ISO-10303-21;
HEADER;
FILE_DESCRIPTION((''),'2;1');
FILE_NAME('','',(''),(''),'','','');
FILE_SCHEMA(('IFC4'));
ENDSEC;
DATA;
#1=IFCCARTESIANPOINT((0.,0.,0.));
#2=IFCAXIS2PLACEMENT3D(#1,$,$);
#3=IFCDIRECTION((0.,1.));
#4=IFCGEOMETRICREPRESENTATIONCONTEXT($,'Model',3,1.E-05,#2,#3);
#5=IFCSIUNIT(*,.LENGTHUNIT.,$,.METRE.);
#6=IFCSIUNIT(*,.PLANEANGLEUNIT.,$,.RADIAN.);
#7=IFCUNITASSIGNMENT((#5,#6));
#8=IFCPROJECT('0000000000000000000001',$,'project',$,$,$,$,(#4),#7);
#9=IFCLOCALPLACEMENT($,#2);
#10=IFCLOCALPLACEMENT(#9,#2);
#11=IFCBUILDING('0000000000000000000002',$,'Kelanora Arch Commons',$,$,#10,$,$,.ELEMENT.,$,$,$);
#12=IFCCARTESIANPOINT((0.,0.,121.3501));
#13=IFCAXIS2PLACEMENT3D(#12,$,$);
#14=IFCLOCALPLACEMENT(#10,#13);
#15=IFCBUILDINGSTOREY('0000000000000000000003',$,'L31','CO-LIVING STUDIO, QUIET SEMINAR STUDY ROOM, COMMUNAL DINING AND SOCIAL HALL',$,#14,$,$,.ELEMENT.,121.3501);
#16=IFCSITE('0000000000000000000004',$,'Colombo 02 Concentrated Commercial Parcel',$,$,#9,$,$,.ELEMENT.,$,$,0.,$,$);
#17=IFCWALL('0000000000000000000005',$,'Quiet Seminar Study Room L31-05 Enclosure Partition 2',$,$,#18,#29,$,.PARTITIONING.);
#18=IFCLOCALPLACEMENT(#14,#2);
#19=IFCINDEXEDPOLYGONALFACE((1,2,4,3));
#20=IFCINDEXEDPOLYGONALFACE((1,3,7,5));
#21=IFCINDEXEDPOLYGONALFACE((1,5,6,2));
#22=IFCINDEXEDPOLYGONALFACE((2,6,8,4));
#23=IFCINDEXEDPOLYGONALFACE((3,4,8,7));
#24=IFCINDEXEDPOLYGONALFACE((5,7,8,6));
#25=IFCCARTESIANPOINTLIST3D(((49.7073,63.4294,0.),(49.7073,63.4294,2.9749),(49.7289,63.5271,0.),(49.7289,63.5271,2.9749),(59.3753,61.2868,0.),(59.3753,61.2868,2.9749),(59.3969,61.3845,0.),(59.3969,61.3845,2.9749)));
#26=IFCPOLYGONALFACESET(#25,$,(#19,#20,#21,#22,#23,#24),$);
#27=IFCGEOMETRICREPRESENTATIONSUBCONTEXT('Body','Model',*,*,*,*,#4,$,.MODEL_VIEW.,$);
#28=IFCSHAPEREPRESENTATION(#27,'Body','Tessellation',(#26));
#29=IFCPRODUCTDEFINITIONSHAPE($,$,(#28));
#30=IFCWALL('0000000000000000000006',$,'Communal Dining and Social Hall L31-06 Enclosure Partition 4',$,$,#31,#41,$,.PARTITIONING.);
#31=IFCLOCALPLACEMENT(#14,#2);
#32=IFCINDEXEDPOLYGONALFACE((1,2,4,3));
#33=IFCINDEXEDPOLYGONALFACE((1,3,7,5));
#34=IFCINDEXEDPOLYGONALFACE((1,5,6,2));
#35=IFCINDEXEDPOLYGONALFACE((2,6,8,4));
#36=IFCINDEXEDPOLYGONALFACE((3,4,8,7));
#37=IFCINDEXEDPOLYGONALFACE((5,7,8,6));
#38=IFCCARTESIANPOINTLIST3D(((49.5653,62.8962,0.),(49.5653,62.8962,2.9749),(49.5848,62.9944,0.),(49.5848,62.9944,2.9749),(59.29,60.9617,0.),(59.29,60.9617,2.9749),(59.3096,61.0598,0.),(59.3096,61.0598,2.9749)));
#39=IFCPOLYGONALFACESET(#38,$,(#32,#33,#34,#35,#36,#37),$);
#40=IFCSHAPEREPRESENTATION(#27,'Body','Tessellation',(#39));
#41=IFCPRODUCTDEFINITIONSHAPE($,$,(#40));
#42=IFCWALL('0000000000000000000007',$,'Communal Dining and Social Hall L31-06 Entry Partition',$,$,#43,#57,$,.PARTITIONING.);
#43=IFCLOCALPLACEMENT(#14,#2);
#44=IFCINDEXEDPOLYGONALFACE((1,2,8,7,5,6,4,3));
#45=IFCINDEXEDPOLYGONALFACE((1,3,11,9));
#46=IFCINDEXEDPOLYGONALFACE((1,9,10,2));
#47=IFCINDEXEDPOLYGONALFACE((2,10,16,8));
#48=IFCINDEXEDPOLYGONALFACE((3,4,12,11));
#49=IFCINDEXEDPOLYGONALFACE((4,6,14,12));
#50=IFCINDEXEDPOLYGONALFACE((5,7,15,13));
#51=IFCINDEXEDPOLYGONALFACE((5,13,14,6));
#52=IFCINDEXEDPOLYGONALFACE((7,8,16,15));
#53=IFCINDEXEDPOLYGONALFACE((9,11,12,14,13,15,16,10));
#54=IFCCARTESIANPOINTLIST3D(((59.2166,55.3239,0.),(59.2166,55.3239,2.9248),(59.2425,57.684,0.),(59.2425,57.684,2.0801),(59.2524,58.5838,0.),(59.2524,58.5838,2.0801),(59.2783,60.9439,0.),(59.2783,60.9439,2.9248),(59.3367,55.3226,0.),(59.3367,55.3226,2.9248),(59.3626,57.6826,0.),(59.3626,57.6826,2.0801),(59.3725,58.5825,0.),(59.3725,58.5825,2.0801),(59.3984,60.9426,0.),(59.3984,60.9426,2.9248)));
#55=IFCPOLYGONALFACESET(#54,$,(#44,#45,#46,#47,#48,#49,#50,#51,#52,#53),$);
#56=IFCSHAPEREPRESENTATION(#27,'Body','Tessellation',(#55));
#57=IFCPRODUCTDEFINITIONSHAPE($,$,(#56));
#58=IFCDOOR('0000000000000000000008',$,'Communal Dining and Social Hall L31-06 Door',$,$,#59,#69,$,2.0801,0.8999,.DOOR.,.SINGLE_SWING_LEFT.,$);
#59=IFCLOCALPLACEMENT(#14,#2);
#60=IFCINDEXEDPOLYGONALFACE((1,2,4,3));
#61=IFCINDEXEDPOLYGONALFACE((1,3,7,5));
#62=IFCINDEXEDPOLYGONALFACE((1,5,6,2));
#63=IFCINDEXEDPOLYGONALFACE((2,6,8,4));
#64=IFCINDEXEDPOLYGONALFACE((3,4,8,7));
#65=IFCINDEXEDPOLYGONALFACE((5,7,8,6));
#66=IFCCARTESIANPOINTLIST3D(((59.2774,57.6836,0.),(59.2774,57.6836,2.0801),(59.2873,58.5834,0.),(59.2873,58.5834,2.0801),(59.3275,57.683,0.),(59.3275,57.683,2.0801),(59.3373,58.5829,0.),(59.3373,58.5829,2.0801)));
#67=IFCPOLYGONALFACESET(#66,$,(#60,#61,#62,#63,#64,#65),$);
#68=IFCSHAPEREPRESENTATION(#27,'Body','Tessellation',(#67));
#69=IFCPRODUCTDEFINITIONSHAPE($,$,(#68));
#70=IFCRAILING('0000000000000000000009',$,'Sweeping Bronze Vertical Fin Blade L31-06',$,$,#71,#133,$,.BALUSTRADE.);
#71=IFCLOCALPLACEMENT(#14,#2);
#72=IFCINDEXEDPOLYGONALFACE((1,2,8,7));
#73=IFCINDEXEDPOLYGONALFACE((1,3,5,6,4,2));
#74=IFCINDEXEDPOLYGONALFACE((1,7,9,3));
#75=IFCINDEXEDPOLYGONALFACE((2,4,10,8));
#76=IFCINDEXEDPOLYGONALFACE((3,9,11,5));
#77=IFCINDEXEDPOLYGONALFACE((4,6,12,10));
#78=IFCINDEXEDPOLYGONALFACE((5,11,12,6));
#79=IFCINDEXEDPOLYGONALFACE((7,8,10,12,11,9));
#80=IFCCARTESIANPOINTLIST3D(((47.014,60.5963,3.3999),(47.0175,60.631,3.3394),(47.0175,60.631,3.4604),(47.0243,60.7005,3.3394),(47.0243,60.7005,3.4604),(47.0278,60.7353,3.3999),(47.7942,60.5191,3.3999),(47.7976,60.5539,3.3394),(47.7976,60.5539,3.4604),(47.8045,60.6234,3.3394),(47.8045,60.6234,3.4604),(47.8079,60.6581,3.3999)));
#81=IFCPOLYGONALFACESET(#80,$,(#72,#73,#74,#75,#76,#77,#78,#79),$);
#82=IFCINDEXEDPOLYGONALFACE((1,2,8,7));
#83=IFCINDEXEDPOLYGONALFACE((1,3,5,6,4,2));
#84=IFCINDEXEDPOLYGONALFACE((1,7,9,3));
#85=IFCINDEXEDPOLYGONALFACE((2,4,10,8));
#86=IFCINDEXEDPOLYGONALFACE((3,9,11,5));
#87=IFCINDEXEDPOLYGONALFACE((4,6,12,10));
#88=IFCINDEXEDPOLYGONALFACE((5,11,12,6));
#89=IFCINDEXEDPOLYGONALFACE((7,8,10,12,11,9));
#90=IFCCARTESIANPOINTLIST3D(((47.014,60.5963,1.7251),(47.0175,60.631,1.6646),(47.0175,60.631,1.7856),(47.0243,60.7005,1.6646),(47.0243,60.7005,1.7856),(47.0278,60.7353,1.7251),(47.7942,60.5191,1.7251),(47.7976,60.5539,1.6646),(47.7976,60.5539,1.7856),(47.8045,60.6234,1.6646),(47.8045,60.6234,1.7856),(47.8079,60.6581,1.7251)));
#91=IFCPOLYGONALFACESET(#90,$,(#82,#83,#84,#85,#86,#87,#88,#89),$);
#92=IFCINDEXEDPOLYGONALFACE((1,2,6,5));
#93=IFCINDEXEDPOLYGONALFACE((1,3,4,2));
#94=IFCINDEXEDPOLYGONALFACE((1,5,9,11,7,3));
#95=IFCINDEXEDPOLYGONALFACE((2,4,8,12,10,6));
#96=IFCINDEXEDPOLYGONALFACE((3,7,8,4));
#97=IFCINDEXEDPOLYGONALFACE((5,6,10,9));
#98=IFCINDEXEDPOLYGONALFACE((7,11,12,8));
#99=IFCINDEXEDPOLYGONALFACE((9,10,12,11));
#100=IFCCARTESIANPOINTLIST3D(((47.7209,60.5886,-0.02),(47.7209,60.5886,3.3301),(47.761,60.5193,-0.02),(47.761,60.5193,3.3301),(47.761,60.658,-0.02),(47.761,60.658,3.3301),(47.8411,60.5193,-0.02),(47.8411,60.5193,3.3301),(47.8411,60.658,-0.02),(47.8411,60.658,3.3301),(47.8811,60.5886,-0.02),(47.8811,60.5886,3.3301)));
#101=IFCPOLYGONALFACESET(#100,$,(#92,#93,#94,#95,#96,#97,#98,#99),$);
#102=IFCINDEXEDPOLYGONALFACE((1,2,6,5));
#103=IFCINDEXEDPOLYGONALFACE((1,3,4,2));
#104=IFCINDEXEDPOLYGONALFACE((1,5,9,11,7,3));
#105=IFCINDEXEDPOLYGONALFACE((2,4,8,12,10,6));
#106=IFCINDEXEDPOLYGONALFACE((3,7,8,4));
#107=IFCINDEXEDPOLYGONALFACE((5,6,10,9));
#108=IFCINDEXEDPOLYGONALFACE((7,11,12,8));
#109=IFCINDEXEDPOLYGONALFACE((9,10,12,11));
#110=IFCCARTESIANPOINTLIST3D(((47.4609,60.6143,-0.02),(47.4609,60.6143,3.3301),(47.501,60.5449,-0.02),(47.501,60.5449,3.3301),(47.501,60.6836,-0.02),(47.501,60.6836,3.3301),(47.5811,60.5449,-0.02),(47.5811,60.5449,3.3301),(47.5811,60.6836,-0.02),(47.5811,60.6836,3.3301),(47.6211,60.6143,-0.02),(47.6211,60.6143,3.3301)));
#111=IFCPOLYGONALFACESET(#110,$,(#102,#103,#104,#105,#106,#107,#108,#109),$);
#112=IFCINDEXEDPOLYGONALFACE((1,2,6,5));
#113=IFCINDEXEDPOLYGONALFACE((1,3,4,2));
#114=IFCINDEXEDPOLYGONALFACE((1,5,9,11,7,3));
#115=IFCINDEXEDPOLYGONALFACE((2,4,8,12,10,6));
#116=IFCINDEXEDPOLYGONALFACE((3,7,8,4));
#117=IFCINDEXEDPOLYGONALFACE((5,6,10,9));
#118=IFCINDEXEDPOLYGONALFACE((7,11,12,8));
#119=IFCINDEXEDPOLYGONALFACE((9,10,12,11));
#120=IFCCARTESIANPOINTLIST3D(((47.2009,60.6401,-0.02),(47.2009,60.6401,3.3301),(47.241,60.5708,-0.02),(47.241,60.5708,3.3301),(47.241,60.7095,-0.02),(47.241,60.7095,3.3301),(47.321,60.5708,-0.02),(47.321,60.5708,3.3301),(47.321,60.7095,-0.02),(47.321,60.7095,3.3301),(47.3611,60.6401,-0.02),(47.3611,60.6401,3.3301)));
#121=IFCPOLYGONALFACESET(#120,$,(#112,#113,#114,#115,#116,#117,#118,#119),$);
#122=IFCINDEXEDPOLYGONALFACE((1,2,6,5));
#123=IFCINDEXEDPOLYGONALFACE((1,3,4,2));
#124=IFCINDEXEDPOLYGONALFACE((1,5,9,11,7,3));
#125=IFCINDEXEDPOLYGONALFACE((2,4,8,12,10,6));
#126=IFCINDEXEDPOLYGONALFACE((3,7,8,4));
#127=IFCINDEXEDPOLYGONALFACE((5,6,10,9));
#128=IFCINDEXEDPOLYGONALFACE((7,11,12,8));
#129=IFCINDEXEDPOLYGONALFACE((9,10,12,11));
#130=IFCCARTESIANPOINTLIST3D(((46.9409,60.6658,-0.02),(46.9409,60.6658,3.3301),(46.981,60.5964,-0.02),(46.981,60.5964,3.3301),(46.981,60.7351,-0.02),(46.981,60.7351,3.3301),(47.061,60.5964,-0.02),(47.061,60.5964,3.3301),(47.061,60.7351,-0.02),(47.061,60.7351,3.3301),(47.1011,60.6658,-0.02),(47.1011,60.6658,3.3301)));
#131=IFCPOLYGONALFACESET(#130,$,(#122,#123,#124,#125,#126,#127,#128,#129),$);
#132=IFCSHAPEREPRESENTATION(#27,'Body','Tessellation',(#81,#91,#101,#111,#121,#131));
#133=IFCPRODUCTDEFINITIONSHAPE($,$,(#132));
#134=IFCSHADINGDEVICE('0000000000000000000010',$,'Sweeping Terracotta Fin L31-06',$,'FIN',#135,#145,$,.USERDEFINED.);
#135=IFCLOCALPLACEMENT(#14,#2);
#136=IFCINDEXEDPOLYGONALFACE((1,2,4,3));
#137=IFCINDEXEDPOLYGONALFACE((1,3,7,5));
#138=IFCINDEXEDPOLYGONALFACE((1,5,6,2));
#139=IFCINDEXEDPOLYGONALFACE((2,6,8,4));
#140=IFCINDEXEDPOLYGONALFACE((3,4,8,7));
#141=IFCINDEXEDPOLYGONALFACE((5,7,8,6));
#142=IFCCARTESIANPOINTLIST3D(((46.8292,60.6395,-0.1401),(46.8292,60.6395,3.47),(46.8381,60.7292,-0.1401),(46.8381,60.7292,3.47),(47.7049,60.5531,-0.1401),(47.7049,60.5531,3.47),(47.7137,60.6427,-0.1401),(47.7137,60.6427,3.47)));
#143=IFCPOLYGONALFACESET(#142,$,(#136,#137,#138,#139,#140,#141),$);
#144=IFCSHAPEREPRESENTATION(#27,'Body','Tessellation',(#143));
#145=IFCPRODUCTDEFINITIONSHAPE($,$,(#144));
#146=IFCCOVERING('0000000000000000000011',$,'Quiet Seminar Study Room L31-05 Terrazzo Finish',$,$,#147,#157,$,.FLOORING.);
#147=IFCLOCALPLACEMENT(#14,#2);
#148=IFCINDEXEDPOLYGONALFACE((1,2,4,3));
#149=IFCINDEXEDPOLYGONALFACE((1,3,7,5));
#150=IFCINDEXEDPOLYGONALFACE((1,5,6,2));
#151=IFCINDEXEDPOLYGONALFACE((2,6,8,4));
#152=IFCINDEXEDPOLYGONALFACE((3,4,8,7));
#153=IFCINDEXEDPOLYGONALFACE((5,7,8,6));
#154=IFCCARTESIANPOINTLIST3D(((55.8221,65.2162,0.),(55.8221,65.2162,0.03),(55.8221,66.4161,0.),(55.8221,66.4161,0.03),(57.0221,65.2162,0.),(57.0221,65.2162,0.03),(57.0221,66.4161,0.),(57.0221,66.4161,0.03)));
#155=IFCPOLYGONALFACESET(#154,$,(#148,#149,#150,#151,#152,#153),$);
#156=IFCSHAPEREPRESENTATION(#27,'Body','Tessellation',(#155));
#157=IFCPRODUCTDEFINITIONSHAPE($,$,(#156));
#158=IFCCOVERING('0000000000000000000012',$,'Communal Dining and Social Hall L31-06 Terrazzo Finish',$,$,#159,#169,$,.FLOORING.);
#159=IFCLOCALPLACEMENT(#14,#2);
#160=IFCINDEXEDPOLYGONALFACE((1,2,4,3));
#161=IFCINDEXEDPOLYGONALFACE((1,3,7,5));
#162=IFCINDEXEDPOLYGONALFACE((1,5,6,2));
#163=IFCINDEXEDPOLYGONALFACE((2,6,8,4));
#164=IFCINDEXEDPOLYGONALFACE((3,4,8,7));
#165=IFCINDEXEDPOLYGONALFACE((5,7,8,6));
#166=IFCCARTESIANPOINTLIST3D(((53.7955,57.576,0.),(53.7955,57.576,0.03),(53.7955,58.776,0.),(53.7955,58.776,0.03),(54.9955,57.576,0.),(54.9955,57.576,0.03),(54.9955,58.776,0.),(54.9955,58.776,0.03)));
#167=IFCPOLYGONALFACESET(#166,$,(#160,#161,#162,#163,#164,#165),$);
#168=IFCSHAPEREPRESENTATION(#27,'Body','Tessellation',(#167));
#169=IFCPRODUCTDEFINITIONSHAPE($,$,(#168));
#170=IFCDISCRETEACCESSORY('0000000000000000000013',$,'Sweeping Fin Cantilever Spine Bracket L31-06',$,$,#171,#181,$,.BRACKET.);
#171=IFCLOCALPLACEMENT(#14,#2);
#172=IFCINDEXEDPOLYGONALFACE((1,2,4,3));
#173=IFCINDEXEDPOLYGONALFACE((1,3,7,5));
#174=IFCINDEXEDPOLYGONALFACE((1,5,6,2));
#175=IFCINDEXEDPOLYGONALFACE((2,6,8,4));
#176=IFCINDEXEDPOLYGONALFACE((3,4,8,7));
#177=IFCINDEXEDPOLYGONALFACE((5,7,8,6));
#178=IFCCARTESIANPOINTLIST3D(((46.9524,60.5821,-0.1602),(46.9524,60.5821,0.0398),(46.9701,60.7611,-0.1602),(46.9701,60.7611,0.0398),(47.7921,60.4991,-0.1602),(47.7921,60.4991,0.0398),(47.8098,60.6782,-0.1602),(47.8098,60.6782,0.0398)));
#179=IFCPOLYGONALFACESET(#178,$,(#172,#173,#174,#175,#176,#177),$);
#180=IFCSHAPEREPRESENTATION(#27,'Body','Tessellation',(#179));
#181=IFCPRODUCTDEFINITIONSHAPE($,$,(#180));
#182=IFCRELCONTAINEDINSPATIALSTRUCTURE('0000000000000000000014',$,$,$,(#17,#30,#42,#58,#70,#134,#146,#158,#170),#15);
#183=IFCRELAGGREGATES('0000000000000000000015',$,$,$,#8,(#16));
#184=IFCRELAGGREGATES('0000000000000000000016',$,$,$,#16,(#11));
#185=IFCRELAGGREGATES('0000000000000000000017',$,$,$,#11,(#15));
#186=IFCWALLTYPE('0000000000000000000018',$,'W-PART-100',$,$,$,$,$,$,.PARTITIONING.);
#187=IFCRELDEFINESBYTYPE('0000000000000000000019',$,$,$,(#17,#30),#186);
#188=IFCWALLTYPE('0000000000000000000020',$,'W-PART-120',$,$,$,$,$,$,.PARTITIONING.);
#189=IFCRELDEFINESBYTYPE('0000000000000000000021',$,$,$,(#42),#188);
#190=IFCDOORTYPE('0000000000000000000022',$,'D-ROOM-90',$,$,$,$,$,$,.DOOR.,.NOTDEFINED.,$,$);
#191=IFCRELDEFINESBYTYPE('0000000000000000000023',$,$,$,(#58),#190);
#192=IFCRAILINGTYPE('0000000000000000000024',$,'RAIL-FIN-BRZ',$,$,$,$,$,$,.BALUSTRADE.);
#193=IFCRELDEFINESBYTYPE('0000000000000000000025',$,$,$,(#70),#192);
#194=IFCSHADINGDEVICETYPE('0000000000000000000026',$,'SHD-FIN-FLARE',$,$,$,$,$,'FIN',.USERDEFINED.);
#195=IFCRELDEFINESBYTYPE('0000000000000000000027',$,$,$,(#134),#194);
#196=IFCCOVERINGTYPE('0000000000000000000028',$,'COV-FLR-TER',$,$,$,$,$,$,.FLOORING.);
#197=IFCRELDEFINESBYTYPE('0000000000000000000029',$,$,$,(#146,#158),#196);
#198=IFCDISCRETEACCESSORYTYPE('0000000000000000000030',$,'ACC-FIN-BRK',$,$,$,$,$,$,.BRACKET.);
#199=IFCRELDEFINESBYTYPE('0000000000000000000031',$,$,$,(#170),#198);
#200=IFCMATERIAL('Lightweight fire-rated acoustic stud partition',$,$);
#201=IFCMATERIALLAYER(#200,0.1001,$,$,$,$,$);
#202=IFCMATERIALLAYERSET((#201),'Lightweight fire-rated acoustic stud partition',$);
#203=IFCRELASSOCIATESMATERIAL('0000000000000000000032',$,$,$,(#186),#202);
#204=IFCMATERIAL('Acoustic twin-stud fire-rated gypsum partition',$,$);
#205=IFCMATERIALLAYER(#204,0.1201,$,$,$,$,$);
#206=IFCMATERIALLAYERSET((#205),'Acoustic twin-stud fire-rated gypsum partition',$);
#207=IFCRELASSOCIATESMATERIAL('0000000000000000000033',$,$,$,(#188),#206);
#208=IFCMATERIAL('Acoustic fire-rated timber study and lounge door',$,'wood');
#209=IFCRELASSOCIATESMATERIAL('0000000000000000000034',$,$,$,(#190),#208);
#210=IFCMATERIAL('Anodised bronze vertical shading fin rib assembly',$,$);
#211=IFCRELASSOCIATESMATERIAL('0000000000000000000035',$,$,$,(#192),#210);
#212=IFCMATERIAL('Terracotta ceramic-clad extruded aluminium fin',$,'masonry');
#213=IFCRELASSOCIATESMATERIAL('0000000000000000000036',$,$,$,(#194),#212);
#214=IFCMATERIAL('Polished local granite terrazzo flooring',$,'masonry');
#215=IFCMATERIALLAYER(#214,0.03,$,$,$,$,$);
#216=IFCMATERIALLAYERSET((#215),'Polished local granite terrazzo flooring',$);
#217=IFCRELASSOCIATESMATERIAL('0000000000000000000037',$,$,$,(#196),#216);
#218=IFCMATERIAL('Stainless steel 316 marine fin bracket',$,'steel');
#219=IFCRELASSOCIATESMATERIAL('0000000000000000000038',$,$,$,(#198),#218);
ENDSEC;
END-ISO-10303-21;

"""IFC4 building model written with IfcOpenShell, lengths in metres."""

from ifc_helpers import new_model, si_unit, direction, frame, frame_2d, origin, origin_2d, place, context, subcontext, project, spatial, polyline, rectangle, outline, extrude, source, transform, mapped, material, layer, layer_set, type_object, element, fill, save


model = new_model("IFC4")

# Units and contexts
model_context = context("Model", 3, precision=1e-05, world=origin(), true_north=direction((0.0, 1.0)))
body_context = subcontext(model_context, "Body", "Model", "MODEL_VIEW")
ifc_project = project(units=[si_unit("LENGTHUNIT", "METRE"), si_unit("PLANEANGLEUNIT", "RADIAN")], contexts=[model_context])

# Site, building, storey
site_placement = place(None, origin())
site = spatial("IfcSite", under=ifc_project, at=site_placement, Name="Colombo 02 Concentrated Commercial Parcel", CompositionType="ELEMENT", RefElevation=0.0)
building_placement = place(site_placement, origin())
building = spatial("IfcBuilding", under=site, at=building_placement, Name="Kelanora Arch Commons", CompositionType="ELEMENT")
storey_placement = place(building_placement, frame((0.0, 0.0, 121.3501)))
storey = spatial("IfcBuildingStorey", under=building, at=storey_placement, Name="L31", Description="CO-LIVING STUDIO, QUIET SEMINAR STUDY ROOM, COMMUNAL DINING AND SOCIAL HALL", CompositionType="ELEMENT", Elevation=121.3501)

# Walls
ifc_material_1 = material(Name="Lightweight fire-rated acoustic stud partition")
ifc_layer_1 = layer(ifc_material_1, 0.1001)
ifc_layer_set_1 = layer_set([ifc_layer_1], Name="Lightweight fire-rated acoustic stud partition")
wall_type_1 = type_object("IfcWallType", Name="W-PART-100", PredefinedType="PARTITIONING", material=ifc_layer_set_1)
wall_1_placement = place(storey_placement, frame((59.386, 61.3357, 0.0), z_axis=(0.0, 0.0, 1.0), x_axis=(-0.976312, 0.216367, 0.0)))
element("IfcWall", 1, at=wall_1_placement, inside=storey, type_object=wall_type_1, Name="Quiet Seminar Study Room L31-05 Enclosure Partition 2", PredefinedType="PARTITIONING", context=body_context, shape_type="SweptSolid", body=[
    extrude(rectangle(XDim=9.9026, YDim=0.1001, at=frame_2d((4.9512, 0.0))), origin(), (0.0, 0.0, 1.0), 2.9749),
])
wall_2_placement = place(storey_placement, frame((49.5752, 62.9453, 0.0), z_axis=(0.0, 0.0, 1.0), x_axis=(0.980781, -0.195112, 0.0)))
element("IfcWall", 2, at=wall_2_placement, inside=storey, type_object=wall_type_1, Name="Communal Dining and Social Hall L31-06 Enclosure Partition 4", PredefinedType="PARTITIONING", context=body_context, shape_type="SweptSolid", body=[
    extrude(rectangle(XDim=9.9153, YDim=0.1001, at=frame_2d((4.9575, 0.0))), origin(), (0.0, 0.0, 1.0), 2.9749),
])

# Wall, opening, door
ifc_material_2 = material(Name="Acoustic twin-stud fire-rated gypsum partition")
ifc_layer_2 = layer(ifc_material_2, 0.1201)
ifc_layer_set_2 = layer_set([ifc_layer_2], Name="Acoustic twin-stud fire-rated gypsum partition")
wall_type_2 = type_object("IfcWallType", Name="W-PART-120", PredefinedType="PARTITIONING", material=ifc_layer_set_2)
wall_3_placement = place(storey_placement, frame((59.3384, 60.9431, 0.0), z_axis=(0.0, 0.0, 1.0), x_axis=(-0.01099, -0.99994, 0.0)))
wall_3 = element("IfcWall", 3, at=wall_3_placement, inside=storey, type_object=wall_type_2, Name="Communal Dining and Social Hall L31-06 Entry Partition", PredefinedType="PARTITIONING", context=body_context, shape_type="SweptSolid", body=[
    extrude(rectangle(XDim=5.6204, YDim=0.1201, at=frame_2d((2.8101, 0.0))), origin(), (0.0, 0.0, 1.0), 2.9248),
])
opening_placement = place(wall_3_placement, frame((2.3601, 0.0, 0.0)))
opening = element("IfcOpeningElement", 4, at=opening_placement, cuts=wall_3, PredefinedType="OPENING", context=body_context, shape_type="SweptSolid", body=[
    extrude(rectangle(XDim=0.8999, YDim=2.0801, at=frame_2d((0.45, 1.04))), frame((0.0, 0.0701, 0.0), z_axis=(0.0, -1.0, 0.0), x_axis=(1.0, 0.0, 0.0)), (0.0, 0.0, 1.0), 0.1401),
])
ifc_material_3 = material(Name="Acoustic fire-rated timber study and lounge door", Category="wood")
door_type = type_object("IfcDoorType", Name="D-ROOM-90", OperationType="NOTDEFINED", PredefinedType="DOOR", material=ifc_material_3)
door_placement = place(opening_placement, origin())
door = element("IfcDoor", 5, at=door_placement, inside=storey, type_object=door_type, Name="Communal Dining and Social Hall L31-06 Door", OperationType="SINGLE_SWING_LEFT", OverallHeight=2.0801, OverallWidth=0.8999, PredefinedType="DOOR", context=body_context, shape_type="SweptSolid", body=[
    extrude(rectangle(XDim=0.8999, YDim=2.0801, at=frame_2d((0.45, 1.04))), frame((0.0, 0.0249, 0.0), z_axis=(0.0, -1.0, 0.0), x_axis=(1.0, 0.0, 0.0)), (0.0, 0.0, 1.0), 0.05),
])
fill(opening, door)

# Railing
ifc_material_4 = material(Name="Anodised bronze vertical shading fin rib assembly")
railing_type = type_object("IfcRailingType", Name="RAIL-FIN-BRZ", PredefinedType="BALUSTRADE", material=ifc_material_4)
railing_placement = place(storey_placement, frame((47.801, 60.5886, -0.02)))
element("IfcRailing", 6, at=railing_placement, inside=storey, type_object=railing_type, Name="Sweeping Bronze Vertical Fin Blade L31-06", PredefinedType="BALUSTRADE", context=body_context, shape_type="SweptSolid", body=[
    extrude(outline(polyline([(0.0698, 0.0), (0.0349, 0.0605), (-0.0349, 0.0605), (-0.0698, 0.0), (-0.0349, -0.0605), (0.0349, -0.0605), (0.0698, 0.0)])), frame((0.0, 0.0, 3.4199), z_axis=(-0.995145, 0.098424, 0.0), x_axis=(-0.098424, -0.995145, 0.0)), (0.0, 0.0, 1.0), 0.7839),
    extrude(outline(polyline([(0.0698, 0.0), (0.0349, 0.0605), (-0.0349, 0.0605), (-0.0698, 0.0), (-0.0349, -0.0605), (0.0349, -0.0605), (0.0698, 0.0)])), frame((0.0, 0.0, 1.7451), z_axis=(-0.995145, 0.098424, 0.0), x_axis=(-0.098424, -0.995145, 0.0)), (0.0, 0.0, 1.0), 0.7839),
    extrude(outline(polyline([(0.0801, 0.0), (0.04, 0.0693), (-0.04, 0.0693), (-0.0801, 0.0), (-0.04, -0.0693), (0.04, -0.0693), (0.0801, 0.0)])), origin(), (0.0, 0.0, 1.0), 3.3501),
    extrude(outline(polyline([(0.0801, 0.0), (0.04, 0.0693), (-0.04, 0.0693), (-0.0801, 0.0), (-0.04, -0.0693), (0.04, -0.0693), (0.0801, 0.0)])), frame((-0.26, 0.0256, 0.0)), (0.0, 0.0, 1.0), 3.3501),
    extrude(outline(polyline([(0.0801, 0.0), (0.04, 0.0693), (-0.04, 0.0693), (-0.0801, 0.0), (-0.04, -0.0693), (0.04, -0.0693), (0.0801, 0.0)])), frame((-0.52, 0.0515, 0.0)), (0.0, 0.0, 1.0), 3.3501),
    extrude(outline(polyline([(0.0801, 0.0), (0.04, 0.0693), (-0.04, 0.0693), (-0.0801, 0.0), (-0.04, -0.0693), (0.04, -0.0693), (0.0801, 0.0)])), frame((-0.78, 0.0771, 0.0)), (0.0, 0.0, 1.0), 3.3501),
])

# Shading device
ifc_material_5 = material(Name="Terracotta ceramic-clad extruded aluminium fin", Category="masonry")
shading_device_type = type_object("IfcShadingDeviceType", Name="SHD-FIN-FLARE", ElementType="FIN", PredefinedType="USERDEFINED", material=ifc_material_5)
shared_shape_1 = source(origin(), body_context, "Body", "SweptSolid", [
    extrude(rectangle(XDim=0.8799, YDim=0.0901, at=origin_2d()), origin(), (0.0, 0.0, 1.0), 3.6101),
])
shading_device_placement = place(storey_placement, frame((47.2715, 60.6411, -0.1401), z_axis=(0.0, 0.0, 1.0), x_axis=(-0.995159, 0.098278, 0.0)))
element("IfcShadingDevice", 7, at=shading_device_placement, inside=storey, type_object=shading_device_type, Name="Sweeping Terracotta Fin L31-06", ObjectType="FIN", PredefinedType="USERDEFINED", context=body_context, shape_type="MappedRepresentation", body=[
    mapped(shared_shape_1, transform((0.0, 0.0, 0.0), scale=1.0)),
])

# Coverings
ifc_material_6 = material(Name="Polished local granite terrazzo flooring", Category="masonry")
ifc_layer_3 = layer(ifc_material_6, 0.03)
ifc_layer_set_3 = layer_set([ifc_layer_3], Name="Polished local granite terrazzo flooring")
covering_type = type_object("IfcCoveringType", Name="COV-FLR-TER", PredefinedType="FLOORING", material=ifc_layer_set_3)
shared_shape_2 = source(origin(), body_context, "Body", "SweptSolid", [
    extrude(rectangle(XDim=1.2, YDim=1.2, at=origin_2d()), origin(), (0.0, 0.0, 1.0), 0.03),
])
for number, where, z_axis, x_axis, name in (
    (8, (56.4221, 65.8162, 0.0), (0.0, 0.0, 1.0), (1.0, 0.0, 0.0), "Quiet Seminar Study Room L31-05 Terrazzo Finish"),
    (9, (54.3955, 58.176, 0.0), (0.0, 0.0, 1.0), (1.0, 0.0, 0.0), "Communal Dining and Social Hall L31-06 Terrazzo Finish"),
):
    element("IfcCovering", number, at=place(storey_placement, frame(where, z_axis=z_axis, x_axis=x_axis)), inside=storey, type_object=covering_type, Name=name, PredefinedType="FLOORING", context=body_context, shape_type="MappedRepresentation", body=[
        mapped(shared_shape_2, transform((0.0, 0.0, 0.0), scale=1.0)),
    ])

# Discrete accessory
ifc_material_7 = material(Name="Stainless steel 316 marine fin bracket", Category="steel")
discrete_accessory_type = type_object("IfcDiscreteAccessoryType", Name="ACC-FIN-BRK", PredefinedType="BRACKET", material=ifc_material_7)
shared_shape_3 = source(origin(), body_context, "Body", "SweptSolid", [
    extrude(rectangle(XDim=0.8438, YDim=0.1799, at=origin_2d()), origin(), (0.0, 0.0, 1.0), 0.2),
])
discrete_accessory_placement = place(storey_placement, frame((47.3811, 60.6301, -0.1602), z_axis=(0.0, 0.0, 1.0), x_axis=(-0.995159, 0.098278, 0.0)))
element("IfcDiscreteAccessory", 10, at=discrete_accessory_placement, inside=storey, type_object=discrete_accessory_type, Name="Sweeping Fin Cantilever Spine Bracket L31-06", PredefinedType="BRACKET", context=body_context, shape_type="MappedRepresentation", body=[
    mapped(shared_shape_3, transform((0.0, 0.0, 0.0), scale=1.0)),
])

save(model, "model.ifc")
